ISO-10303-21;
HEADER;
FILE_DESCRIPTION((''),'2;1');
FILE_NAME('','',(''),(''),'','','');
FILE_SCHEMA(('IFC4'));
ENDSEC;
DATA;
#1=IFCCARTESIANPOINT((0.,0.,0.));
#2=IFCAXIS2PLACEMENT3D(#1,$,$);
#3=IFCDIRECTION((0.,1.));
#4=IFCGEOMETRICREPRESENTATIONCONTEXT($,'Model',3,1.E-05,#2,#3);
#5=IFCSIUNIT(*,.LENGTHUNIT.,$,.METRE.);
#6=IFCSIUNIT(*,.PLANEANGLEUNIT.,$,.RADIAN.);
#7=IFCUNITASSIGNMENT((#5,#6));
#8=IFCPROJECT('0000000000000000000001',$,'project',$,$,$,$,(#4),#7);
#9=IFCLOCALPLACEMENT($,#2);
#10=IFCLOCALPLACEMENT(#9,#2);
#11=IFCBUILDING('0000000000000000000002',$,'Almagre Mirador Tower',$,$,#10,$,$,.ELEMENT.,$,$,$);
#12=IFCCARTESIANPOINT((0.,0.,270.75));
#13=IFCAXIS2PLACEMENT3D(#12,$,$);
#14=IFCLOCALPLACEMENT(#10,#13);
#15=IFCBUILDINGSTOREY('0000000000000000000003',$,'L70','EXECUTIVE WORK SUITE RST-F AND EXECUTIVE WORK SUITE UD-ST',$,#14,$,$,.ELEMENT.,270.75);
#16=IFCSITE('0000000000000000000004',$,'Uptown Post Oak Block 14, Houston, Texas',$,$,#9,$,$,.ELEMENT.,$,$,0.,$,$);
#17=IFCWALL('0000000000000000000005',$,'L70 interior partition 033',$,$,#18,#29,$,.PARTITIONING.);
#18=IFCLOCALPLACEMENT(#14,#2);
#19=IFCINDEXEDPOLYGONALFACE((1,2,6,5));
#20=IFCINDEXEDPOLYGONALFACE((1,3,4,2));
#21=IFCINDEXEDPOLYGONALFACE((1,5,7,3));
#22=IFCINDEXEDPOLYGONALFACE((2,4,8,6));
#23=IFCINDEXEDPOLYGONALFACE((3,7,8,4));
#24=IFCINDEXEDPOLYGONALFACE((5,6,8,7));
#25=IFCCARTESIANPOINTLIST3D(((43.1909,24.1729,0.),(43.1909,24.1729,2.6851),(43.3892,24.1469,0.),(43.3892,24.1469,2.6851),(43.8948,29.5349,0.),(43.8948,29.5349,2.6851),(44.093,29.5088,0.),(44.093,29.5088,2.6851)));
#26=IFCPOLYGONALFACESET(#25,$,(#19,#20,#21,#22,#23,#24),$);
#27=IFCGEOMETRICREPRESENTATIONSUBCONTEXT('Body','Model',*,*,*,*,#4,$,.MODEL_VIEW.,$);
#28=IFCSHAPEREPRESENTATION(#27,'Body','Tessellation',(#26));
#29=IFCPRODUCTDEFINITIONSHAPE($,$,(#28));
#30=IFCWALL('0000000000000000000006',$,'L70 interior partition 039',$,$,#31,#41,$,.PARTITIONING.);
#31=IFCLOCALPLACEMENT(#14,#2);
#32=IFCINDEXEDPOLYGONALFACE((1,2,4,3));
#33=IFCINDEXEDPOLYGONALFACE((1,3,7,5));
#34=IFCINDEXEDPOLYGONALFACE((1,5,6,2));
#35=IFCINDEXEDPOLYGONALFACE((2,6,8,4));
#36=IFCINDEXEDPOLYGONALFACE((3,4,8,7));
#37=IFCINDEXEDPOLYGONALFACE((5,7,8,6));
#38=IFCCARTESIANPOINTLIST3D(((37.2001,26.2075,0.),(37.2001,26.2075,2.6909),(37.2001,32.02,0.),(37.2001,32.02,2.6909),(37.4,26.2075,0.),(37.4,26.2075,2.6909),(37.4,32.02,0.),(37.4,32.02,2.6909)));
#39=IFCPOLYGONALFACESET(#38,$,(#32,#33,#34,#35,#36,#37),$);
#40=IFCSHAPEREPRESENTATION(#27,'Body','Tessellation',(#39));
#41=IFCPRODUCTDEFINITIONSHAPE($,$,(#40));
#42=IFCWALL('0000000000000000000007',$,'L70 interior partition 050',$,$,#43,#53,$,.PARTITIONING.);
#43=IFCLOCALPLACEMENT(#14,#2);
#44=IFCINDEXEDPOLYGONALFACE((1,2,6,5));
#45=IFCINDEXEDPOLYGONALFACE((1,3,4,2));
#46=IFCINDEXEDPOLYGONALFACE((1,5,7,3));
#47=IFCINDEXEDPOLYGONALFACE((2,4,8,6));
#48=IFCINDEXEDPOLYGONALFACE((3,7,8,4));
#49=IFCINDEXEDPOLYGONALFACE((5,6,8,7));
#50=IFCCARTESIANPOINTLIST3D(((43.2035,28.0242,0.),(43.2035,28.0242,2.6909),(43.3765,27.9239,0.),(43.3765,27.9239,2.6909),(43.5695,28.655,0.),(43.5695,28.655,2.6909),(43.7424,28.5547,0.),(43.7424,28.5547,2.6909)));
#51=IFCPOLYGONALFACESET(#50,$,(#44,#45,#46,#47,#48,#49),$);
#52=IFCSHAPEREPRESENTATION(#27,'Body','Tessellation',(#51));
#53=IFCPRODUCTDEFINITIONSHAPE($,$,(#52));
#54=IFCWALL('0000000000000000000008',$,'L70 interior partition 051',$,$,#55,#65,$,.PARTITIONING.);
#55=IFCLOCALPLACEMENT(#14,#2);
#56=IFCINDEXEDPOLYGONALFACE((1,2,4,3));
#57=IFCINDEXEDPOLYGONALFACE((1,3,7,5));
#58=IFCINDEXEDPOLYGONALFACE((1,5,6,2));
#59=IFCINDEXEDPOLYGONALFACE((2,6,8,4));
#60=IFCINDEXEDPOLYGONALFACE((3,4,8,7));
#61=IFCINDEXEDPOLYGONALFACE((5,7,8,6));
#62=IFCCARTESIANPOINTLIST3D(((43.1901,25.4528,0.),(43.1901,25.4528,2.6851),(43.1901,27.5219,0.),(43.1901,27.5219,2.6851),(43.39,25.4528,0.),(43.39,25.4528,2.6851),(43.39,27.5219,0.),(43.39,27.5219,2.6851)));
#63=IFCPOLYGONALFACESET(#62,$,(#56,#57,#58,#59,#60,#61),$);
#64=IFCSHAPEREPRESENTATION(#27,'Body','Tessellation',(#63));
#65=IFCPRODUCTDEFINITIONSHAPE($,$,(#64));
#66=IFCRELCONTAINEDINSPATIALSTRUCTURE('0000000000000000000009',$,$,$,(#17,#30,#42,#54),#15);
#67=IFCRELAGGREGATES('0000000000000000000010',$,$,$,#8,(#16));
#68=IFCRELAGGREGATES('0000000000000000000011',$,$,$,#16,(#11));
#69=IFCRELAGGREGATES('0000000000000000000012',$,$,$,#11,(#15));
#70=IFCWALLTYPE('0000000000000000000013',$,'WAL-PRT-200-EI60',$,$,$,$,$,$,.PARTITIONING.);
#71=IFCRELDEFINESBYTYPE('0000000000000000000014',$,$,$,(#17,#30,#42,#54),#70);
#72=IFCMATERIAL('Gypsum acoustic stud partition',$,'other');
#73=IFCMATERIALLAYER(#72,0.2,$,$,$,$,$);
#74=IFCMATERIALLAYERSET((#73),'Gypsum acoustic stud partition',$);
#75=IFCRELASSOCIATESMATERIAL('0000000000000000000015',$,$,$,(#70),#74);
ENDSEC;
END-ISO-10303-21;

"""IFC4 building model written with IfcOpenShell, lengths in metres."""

from ifc_helpers import new_model, si_unit, direction, frame, frame_2d, origin, place, context, subcontext, project, spatial, rectangle, extrude, material, layer, layer_set, type_object, element, save


model = new_model("IFC4")

# Units and contexts
model_context = context("Model", 3, precision=1e-05, world=origin(), true_north=direction((0.0, 1.0)))
body_context = subcontext(model_context, "Body", "Model", "MODEL_VIEW")
ifc_project = project(units=[si_unit("LENGTHUNIT", "METRE"), si_unit("PLANEANGLEUNIT", "RADIAN")], contexts=[model_context])

# Site, building, storey
site_placement = place(None, origin())
site = spatial("IfcSite", under=ifc_project, at=site_placement, Name="Uptown Post Oak Block 14, Houston, Texas", CompositionType="ELEMENT", RefElevation=0.0)
building_placement = place(site_placement, origin())
building = spatial("IfcBuilding", under=site, at=building_placement, Name="Almagre Mirador Tower", CompositionType="ELEMENT")
storey_placement = place(building_placement, frame((0.0, 0.0, 270.75)))
storey = spatial("IfcBuildingStorey", under=building, at=storey_placement, Name="L70", Description="EXECUTIVE WORK SUITE RST-F AND EXECUTIVE WORK SUITE UD-ST", CompositionType="ELEMENT", Elevation=270.75)

# Walls
ifc_material_1 = material(Name="Gypsum acoustic stud partition", Category="other")
ifc_layer_1 = layer(ifc_material_1, 0.2)
ifc_layer_set_1 = layer_set([ifc_layer_1], Name="Gypsum acoustic stud partition")
wall_type_1 = type_object("IfcWallType", Name="WAL-PRT-200-EI60", PredefinedType="PARTITIONING", material=ifc_layer_set_1)
wall_1_placement = place(storey_placement, frame((43.9939, 29.522, 0.0), z_axis=(0.0, 0.0, 1.0), x_axis=(-0.13015, -0.991494, 0.0)))
element("IfcWall", 1, at=wall_1_placement, inside=storey, type_object=wall_type_1, Name="L70 interior partition 033", PredefinedType="PARTITIONING", context=body_context, shape_type="SweptSolid", body=[
    extrude(rectangle(XDim=5.408, YDim=0.2, at=frame_2d((2.7041, 0.0))), origin(), (0.0, 0.0, 1.0), 2.6851),
])
wall_2_placement = place(storey_placement, frame((37.3, 26.2075, 0.0), z_axis=(0.0, 0.0, 1.0), x_axis=(0.0, 1.0, 0.0)))
element("IfcWall", 2, at=wall_2_placement, inside=storey, type_object=wall_type_1, Name="L70 interior partition 039", PredefinedType="PARTITIONING", context=body_context, shape_type="SweptSolid", body=[
    extrude(rectangle(XDim=5.8125, YDim=0.2, at=frame_2d((2.9062, 0.0))), origin(), (0.0, 0.0, 1.0), 2.6909),
])
wall_3_placement = place(storey_placement, frame((43.656, 28.605, 0.0), z_axis=(0.0, 0.0, 1.0), x_axis=(-0.501788, -0.864991, 0.0)))
element("IfcWall", 3, at=wall_3_placement, inside=storey, type_object=wall_type_1, Name="L70 interior partition 050", PredefinedType="PARTITIONING", context=body_context, shape_type="SweptSolid", body=[
    extrude(rectangle(XDim=0.7292, YDim=0.2, at=frame_2d((0.3647, 0.0))), origin(), (0.0, 0.0, 1.0), 2.6909),
])
wall_4_placement = place(storey_placement, frame((43.29, 27.522, 0.0), z_axis=(0.0, 0.0, 1.0), x_axis=(0.0, -1.0, 0.0)))
element("IfcWall", 4, at=wall_4_placement, inside=storey, type_object=wall_type_1, Name="L70 interior partition 051", PredefinedType="PARTITIONING", context=body_context, shape_type="SweptSolid", body=[
    extrude(rectangle(XDim=2.0691, YDim=0.2, at=frame_2d((1.0347, 0.0))), origin(), (0.0, 0.0, 1.0), 2.6851),
])

save(model, "model.ifc")
